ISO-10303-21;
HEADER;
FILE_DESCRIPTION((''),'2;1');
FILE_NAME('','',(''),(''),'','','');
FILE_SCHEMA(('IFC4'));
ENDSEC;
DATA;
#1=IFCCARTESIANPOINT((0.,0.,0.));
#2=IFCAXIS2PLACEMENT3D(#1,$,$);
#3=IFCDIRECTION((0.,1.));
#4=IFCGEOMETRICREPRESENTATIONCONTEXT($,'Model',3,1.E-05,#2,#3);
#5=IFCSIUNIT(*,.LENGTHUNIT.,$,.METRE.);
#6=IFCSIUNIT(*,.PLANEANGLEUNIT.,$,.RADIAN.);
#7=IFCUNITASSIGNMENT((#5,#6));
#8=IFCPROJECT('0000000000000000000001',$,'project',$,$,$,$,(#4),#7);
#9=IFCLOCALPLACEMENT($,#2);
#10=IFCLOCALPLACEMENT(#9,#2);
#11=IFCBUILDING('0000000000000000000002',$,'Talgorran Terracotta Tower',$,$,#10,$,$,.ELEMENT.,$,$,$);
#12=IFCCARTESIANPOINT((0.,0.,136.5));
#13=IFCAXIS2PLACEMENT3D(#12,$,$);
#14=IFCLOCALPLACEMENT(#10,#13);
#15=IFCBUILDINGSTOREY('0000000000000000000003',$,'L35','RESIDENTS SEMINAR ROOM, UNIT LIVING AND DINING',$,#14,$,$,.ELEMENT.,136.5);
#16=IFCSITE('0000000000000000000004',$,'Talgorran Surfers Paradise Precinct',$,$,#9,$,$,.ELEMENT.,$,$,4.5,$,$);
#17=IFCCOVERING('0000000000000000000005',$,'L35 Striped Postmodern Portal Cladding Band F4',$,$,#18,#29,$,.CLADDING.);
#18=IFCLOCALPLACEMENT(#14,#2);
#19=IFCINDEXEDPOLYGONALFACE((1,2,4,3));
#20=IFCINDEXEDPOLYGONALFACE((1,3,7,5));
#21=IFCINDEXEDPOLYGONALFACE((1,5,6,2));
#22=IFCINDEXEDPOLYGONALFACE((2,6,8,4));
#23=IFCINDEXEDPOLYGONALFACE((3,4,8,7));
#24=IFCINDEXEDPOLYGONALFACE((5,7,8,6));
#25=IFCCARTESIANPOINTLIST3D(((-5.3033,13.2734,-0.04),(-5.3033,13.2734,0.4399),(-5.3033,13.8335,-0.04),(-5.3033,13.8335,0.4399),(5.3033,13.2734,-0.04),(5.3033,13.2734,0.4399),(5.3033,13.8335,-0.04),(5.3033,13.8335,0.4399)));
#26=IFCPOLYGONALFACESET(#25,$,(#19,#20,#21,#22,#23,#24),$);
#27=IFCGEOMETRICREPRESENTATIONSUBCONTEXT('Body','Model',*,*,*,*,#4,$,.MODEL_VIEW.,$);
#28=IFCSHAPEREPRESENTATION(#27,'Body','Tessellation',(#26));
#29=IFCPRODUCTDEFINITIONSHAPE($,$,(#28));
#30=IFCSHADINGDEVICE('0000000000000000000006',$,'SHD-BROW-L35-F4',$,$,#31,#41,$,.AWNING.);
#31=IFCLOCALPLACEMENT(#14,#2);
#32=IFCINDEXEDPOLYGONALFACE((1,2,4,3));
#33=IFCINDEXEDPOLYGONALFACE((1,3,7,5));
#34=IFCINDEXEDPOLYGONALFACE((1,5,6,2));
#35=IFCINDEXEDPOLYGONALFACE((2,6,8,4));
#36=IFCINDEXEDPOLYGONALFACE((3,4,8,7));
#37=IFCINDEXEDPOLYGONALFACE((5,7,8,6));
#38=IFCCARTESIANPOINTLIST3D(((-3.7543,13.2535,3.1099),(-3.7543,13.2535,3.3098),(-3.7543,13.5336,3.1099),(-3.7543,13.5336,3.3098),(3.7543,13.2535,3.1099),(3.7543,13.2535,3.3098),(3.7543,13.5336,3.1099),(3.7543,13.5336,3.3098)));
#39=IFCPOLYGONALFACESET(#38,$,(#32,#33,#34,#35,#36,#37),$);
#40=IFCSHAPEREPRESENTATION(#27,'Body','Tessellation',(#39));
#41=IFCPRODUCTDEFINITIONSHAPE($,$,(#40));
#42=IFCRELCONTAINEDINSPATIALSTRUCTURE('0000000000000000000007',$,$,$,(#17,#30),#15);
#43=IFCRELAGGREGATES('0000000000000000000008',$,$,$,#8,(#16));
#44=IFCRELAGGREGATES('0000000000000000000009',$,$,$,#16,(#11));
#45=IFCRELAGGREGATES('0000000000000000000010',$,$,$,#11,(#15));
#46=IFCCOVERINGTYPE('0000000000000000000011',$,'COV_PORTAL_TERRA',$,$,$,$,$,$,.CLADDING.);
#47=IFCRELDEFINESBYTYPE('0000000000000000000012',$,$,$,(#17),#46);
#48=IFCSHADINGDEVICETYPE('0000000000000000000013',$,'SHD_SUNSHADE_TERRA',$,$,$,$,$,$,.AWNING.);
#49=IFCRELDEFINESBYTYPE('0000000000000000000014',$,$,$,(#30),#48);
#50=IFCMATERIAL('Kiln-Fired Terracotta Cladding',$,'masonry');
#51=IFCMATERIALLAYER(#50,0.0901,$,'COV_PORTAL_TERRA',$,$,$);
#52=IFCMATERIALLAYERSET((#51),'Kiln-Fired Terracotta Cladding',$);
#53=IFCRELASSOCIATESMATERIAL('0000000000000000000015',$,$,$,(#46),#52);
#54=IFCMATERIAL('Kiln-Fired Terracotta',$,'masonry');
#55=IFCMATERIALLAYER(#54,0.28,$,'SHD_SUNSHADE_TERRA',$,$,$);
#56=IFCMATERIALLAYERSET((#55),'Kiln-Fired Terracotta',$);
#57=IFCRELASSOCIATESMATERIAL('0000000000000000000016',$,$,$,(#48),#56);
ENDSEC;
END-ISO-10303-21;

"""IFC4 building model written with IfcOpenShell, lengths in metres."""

from ifc_helpers import new_model, si_unit, direction, frame, origin, origin_2d, place, context, subcontext, project, spatial, rectangle, extrude, source, transform, mapped, material, layer, layer_set, type_object, type_shapes, element, save


model = new_model("IFC4")

# Units and contexts
model_context = context("Model", 3, precision=1e-05, world=origin(), true_north=direction((0.0, 1.0)))
body_context = subcontext(model_context, "Body", "Model", "MODEL_VIEW")
ifc_project = project(units=[si_unit("LENGTHUNIT", "METRE"), si_unit("PLANEANGLEUNIT", "RADIAN")], contexts=[model_context])

# Site, building, storey
site_placement = place(None, origin())
site = spatial("IfcSite", under=ifc_project, at=site_placement, Name="Talgorran Surfers Paradise Precinct", CompositionType="ELEMENT", RefElevation=4.5)
building_placement = place(site_placement, origin())
building = spatial("IfcBuilding", under=site, at=building_placement, Name="Talgorran Terracotta Tower", CompositionType="ELEMENT")
storey_placement = place(building_placement, frame((0.0, 0.0, 136.5)))
storey = spatial("IfcBuildingStorey", under=building, at=storey_placement, Name="L35", Description="RESIDENTS SEMINAR ROOM, UNIT LIVING AND DINING", CompositionType="ELEMENT", Elevation=136.5)

# Covering
ifc_material_1 = material(Name="Kiln-Fired Terracotta Cladding", Category="masonry")
ifc_layer_1 = layer(ifc_material_1, 0.0901, Name="COV_PORTAL_TERRA")
ifc_layer_set_1 = layer_set([ifc_layer_1], Name="Kiln-Fired Terracotta Cladding")
covering_type_1 = type_object("IfcCoveringType", Name="COV_PORTAL_TERRA", PredefinedType="CLADDING", material=ifc_layer_set_1)
covering_1_placement = place(storey_placement, frame((0.0, 13.5535, -0.04), z_axis=(0.0, 0.0, 1.0), x_axis=(-1.0, 0.0, 0.0)))
element("IfcCovering", 1, at=covering_1_placement, inside=storey, type_object=covering_type_1, Name="L35 Striped Postmodern Portal Cladding Band F4", PredefinedType="CLADDING", context=body_context, shape_type="SweptSolid", body=[
    extrude(rectangle(XDim=10.6067, YDim=0.5601, at=origin_2d()), origin(), (0.0, 0.0, 1.0), 0.48),
])

# Shading device
ifc_material_2 = material(Name="Kiln-Fired Terracotta", Category="masonry")
ifc_layer_2 = layer(ifc_material_2, 0.28, Name="SHD_SUNSHADE_TERRA")
ifc_layer_set_2 = layer_set([ifc_layer_2], Name="Kiln-Fired Terracotta")
shading_device_type = type_object("IfcShadingDeviceType", Name="SHD_SUNSHADE_TERRA", PredefinedType="AWNING", material=ifc_layer_set_2)
shared_shape_1 = source(origin(), body_context, "Body", "SweptSolid", [
    extrude(rectangle(XDim=7.5085, YDim=0.28, at=origin_2d()), origin(), (0.0, 0.0, 1.0), 0.2),
])
type_shapes(shading_device_type, [shared_shape_1])
shading_device_placement = place(storey_placement, frame((0.0, 13.3936, 3.1099), z_axis=(0.0, 0.0, 1.0), x_axis=(-1.0, 0.0, 0.0)))
element("IfcShadingDevice", 2, at=shading_device_placement, inside=storey, type_object=shading_device_type, Name="SHD-BROW-L35-F4", PredefinedType="AWNING", context=body_context, shape_type="MappedRepresentation", body=[
    mapped(shared_shape_1, transform((0.0, 0.0, 0.0), scale=1.0)),
])

save(model, "model.ifc")
